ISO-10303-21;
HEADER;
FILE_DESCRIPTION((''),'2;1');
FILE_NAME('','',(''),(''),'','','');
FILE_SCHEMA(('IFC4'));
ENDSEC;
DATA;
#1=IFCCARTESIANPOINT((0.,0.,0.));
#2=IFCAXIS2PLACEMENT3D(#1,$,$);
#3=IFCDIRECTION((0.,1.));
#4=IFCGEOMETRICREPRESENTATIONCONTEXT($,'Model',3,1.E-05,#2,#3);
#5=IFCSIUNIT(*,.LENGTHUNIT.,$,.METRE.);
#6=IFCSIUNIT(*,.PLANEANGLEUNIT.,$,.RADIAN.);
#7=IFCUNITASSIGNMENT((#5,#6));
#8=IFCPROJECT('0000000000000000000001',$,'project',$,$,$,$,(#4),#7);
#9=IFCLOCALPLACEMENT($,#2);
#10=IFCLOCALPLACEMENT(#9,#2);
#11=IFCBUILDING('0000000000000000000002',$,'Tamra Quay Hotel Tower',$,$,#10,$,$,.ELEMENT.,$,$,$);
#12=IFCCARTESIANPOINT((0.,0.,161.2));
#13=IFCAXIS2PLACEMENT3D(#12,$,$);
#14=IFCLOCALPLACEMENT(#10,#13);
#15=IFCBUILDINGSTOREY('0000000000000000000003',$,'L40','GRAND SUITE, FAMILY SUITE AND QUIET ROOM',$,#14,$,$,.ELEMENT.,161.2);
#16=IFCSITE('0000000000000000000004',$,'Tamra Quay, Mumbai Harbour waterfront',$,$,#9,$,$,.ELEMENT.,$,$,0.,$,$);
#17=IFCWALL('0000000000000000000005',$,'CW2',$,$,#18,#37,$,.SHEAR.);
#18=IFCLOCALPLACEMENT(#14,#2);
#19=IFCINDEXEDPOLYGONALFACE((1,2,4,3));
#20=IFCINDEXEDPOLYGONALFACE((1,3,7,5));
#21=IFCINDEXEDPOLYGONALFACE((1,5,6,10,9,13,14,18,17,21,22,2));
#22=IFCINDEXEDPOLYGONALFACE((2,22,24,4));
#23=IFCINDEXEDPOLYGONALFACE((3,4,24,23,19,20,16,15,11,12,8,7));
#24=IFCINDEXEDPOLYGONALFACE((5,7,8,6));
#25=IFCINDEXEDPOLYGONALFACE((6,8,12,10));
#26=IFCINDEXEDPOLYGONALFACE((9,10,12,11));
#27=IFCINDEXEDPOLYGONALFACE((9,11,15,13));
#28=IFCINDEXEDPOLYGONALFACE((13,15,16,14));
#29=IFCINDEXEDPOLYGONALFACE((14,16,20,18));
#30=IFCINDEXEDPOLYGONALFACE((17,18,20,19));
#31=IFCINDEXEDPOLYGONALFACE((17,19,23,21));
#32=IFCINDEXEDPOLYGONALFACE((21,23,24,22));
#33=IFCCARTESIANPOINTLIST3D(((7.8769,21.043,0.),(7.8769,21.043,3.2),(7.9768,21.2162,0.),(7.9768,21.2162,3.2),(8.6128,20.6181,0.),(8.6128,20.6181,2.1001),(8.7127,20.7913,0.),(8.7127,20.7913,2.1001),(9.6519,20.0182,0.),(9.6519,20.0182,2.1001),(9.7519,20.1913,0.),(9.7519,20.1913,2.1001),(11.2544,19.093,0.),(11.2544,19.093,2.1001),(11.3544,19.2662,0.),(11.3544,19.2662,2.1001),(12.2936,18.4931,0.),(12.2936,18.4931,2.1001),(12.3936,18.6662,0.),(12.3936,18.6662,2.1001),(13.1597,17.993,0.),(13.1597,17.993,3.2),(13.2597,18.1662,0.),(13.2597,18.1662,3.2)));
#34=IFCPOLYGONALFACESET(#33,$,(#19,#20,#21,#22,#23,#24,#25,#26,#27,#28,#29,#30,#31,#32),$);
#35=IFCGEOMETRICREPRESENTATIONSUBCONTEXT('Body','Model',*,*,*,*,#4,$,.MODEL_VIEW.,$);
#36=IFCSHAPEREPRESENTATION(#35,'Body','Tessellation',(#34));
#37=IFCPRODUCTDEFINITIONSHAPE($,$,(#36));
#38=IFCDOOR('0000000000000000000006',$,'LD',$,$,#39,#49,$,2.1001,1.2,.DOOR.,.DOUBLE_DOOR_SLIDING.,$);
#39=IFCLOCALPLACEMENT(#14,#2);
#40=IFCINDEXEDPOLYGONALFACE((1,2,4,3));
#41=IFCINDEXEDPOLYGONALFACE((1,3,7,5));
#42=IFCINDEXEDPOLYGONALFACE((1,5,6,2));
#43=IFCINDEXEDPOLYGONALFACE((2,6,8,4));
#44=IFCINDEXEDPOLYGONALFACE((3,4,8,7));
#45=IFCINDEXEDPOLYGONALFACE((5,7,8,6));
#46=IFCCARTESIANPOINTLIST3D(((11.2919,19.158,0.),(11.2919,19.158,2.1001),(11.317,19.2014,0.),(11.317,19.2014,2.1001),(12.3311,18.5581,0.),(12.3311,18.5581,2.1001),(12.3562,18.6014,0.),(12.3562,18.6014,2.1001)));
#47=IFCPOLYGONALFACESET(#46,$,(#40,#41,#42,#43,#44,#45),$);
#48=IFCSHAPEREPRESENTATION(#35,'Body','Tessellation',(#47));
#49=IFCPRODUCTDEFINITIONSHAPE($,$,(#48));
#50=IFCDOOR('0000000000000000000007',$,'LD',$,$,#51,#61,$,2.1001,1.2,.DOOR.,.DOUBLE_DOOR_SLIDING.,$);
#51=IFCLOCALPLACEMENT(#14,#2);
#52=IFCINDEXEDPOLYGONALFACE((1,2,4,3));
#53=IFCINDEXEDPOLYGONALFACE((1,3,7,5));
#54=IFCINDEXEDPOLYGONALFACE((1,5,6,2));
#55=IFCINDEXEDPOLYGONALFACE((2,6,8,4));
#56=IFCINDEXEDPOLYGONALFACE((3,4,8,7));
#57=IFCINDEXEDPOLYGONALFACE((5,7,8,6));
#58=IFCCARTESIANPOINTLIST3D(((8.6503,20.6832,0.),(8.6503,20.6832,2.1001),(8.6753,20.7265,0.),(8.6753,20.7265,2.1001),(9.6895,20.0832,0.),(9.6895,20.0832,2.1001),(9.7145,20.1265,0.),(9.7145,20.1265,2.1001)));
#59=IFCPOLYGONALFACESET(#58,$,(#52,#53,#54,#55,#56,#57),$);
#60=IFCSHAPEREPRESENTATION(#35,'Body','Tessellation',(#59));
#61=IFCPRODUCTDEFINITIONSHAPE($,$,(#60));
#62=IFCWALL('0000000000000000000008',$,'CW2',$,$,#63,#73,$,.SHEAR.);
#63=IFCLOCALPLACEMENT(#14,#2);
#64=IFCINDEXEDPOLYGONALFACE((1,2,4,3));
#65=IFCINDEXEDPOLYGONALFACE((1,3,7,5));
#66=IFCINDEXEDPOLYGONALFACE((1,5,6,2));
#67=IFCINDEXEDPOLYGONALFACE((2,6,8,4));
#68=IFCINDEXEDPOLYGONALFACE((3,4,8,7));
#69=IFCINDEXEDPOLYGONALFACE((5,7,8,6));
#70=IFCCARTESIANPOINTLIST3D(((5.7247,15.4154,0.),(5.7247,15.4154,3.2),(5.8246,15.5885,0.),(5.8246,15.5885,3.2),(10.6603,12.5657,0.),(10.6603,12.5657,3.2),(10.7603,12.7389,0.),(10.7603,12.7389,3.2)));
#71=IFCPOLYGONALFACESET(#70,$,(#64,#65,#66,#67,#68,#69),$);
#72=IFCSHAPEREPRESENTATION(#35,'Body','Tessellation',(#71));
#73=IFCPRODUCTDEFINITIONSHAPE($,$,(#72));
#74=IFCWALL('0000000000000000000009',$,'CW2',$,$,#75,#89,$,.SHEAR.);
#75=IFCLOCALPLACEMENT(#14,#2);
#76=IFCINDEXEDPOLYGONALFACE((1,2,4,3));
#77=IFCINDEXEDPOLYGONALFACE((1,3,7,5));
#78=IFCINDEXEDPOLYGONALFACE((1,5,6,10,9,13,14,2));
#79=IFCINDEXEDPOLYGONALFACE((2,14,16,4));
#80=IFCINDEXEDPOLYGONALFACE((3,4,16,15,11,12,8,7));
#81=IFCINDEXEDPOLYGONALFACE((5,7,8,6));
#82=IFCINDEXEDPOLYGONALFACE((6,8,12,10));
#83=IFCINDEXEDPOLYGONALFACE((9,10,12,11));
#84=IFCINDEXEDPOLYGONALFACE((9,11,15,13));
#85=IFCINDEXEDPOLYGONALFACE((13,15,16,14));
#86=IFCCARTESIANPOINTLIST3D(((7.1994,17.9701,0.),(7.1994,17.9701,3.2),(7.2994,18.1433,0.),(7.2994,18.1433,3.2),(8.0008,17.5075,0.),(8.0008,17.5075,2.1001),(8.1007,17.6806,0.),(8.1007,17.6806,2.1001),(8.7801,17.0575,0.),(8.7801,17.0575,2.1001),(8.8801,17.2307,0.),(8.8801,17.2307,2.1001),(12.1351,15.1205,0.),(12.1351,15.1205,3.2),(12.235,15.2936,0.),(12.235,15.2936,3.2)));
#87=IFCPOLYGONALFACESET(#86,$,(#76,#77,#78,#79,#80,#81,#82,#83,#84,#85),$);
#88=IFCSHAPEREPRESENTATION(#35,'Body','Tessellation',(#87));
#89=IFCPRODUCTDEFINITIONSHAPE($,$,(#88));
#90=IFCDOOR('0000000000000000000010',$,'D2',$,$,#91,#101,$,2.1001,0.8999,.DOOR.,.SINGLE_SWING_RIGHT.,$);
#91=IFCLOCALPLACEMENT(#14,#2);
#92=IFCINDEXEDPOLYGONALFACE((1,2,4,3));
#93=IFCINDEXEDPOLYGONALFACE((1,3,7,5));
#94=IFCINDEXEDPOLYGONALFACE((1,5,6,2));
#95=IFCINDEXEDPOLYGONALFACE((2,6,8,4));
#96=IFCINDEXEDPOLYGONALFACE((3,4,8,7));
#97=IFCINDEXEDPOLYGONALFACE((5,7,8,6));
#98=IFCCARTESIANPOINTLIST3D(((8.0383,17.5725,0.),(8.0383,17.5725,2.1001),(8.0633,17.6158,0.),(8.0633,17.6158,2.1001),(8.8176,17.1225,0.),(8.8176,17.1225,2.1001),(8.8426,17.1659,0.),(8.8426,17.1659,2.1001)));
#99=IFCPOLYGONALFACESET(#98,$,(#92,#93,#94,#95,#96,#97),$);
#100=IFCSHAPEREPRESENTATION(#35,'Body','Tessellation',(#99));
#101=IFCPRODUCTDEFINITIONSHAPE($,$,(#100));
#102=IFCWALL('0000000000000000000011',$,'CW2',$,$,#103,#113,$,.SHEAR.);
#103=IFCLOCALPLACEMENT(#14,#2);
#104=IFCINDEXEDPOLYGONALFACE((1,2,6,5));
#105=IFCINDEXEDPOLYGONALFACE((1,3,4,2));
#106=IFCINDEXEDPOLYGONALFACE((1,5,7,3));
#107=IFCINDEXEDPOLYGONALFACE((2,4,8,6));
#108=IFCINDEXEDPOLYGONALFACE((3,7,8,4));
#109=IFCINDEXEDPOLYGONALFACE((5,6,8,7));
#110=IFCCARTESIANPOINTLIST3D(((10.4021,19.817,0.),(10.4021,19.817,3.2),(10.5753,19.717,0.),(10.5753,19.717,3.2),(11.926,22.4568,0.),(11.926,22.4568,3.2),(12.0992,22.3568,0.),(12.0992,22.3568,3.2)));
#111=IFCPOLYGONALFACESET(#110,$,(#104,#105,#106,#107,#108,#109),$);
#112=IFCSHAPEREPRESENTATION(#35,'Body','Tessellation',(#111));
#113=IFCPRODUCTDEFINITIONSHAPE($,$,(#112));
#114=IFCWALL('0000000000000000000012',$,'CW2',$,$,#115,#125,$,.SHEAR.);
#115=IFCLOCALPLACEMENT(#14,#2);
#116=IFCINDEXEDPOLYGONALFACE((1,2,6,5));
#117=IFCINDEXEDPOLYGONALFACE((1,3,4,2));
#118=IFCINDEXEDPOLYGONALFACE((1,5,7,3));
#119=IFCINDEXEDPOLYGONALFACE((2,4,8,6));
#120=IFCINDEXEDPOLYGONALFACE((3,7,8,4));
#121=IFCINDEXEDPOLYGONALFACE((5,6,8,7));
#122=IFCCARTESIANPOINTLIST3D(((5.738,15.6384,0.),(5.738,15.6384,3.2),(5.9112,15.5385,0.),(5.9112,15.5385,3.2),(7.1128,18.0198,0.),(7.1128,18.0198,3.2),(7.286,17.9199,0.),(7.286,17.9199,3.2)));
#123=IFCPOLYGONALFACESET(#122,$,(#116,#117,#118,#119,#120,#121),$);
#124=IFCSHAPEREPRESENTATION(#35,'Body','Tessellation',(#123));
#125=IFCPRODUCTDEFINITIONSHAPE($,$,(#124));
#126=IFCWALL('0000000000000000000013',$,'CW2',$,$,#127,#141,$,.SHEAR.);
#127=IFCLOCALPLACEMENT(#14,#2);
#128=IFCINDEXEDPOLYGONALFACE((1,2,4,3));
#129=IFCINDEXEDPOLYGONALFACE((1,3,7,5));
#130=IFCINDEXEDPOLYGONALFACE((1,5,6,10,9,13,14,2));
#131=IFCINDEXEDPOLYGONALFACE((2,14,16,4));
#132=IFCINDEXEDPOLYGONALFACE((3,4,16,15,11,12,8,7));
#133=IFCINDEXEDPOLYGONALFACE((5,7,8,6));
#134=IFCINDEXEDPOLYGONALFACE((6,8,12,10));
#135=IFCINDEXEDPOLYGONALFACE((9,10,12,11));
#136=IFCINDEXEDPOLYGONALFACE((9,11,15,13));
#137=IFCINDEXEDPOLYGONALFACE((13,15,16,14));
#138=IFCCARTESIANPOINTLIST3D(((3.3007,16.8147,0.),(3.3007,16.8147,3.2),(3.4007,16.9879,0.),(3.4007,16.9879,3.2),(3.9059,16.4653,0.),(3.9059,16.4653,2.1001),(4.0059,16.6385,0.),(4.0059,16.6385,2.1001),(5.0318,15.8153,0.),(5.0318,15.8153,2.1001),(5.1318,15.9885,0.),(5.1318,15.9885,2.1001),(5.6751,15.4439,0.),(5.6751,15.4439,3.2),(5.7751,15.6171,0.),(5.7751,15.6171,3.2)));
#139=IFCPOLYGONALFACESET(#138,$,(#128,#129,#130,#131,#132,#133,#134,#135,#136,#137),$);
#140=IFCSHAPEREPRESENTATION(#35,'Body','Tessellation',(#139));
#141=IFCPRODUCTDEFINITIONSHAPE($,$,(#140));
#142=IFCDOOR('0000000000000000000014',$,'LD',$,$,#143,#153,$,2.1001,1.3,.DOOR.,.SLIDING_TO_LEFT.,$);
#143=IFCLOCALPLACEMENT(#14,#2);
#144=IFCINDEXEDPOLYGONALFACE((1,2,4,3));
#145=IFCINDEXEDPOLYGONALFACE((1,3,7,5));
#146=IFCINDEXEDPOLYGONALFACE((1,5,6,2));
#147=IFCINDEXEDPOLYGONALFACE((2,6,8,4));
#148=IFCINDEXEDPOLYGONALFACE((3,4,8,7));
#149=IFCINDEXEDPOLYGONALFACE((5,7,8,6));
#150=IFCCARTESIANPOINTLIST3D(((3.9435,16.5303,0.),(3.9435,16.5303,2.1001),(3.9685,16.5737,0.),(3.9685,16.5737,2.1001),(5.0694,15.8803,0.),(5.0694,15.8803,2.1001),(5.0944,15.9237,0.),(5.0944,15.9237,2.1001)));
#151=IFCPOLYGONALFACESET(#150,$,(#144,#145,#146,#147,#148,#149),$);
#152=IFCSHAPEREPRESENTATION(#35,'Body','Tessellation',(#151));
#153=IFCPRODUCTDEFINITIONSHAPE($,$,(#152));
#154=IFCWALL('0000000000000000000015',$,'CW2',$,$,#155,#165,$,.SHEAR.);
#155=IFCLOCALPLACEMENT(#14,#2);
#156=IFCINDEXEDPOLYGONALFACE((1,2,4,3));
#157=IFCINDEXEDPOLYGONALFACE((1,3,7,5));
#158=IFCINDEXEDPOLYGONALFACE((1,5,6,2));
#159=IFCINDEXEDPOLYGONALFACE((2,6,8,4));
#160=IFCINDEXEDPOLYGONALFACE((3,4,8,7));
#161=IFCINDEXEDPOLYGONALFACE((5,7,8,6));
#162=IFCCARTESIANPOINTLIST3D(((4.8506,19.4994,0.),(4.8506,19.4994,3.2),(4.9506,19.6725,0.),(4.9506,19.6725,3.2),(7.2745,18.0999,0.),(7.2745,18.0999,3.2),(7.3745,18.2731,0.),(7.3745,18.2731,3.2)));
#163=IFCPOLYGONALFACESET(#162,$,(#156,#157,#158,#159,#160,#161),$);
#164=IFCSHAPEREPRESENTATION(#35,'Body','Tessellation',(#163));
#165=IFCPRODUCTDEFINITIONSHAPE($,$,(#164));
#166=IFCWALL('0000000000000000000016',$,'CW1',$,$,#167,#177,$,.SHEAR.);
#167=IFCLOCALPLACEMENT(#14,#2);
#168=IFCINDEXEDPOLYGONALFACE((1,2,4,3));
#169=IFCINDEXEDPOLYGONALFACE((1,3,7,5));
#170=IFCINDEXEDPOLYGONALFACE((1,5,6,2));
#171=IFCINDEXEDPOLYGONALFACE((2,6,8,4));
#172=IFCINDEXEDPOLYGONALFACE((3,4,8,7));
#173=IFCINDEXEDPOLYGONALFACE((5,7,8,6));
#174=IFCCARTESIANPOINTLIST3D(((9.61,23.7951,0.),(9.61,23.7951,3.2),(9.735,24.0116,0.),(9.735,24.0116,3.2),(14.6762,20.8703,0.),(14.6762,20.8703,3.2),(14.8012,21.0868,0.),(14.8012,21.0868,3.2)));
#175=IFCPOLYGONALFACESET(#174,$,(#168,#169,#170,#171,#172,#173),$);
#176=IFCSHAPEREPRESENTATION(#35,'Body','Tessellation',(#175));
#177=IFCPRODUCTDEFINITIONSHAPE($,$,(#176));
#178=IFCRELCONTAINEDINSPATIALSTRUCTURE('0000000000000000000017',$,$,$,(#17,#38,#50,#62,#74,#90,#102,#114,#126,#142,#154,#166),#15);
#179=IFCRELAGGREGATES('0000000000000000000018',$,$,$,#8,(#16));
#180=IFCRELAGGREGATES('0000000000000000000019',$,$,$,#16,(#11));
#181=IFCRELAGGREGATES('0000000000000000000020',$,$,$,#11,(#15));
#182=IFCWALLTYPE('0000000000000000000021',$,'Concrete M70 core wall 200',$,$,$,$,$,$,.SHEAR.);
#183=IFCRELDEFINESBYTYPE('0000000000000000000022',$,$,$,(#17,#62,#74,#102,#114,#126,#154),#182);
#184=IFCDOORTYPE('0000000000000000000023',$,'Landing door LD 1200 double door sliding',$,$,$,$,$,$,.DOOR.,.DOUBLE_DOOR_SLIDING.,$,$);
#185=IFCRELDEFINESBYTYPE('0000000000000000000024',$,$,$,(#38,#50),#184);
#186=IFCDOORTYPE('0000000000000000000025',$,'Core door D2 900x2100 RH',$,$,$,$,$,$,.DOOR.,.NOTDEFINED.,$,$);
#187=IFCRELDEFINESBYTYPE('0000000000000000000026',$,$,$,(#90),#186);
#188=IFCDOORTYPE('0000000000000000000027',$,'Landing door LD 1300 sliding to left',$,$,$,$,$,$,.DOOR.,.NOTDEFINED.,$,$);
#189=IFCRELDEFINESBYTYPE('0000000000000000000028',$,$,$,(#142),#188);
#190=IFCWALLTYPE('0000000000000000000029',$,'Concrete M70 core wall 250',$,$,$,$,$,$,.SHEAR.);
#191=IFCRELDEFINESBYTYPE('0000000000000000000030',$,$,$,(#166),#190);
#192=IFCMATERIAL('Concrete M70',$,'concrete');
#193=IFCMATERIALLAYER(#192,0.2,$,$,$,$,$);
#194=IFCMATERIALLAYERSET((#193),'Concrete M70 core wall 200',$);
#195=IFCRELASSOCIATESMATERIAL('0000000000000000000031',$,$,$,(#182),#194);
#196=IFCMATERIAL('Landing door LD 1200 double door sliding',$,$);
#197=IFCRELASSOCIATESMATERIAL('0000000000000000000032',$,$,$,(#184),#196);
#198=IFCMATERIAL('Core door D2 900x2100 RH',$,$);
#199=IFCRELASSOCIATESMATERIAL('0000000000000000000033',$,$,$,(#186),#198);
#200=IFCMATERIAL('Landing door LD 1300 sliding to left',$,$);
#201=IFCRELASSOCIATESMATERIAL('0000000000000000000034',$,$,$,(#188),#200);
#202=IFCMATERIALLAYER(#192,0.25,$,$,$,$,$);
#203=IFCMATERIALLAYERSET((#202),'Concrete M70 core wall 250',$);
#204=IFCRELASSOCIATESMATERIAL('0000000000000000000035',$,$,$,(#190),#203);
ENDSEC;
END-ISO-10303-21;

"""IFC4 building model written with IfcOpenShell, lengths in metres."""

from ifc_helpers import new_model, si_unit, direction, frame, frame_2d, origin, place, context, subcontext, project, spatial, rectangle, extrude, material, layer, layer_set, type_object, element, fill, save


model = new_model("IFC4")

# Units and contexts
model_context = context("Model", 3, precision=1e-05, world=origin(), true_north=direction((0.0, 1.0)))
body_context = subcontext(model_context, "Body", "Model", "MODEL_VIEW")
ifc_project = project(units=[si_unit("LENGTHUNIT", "METRE"), si_unit("PLANEANGLEUNIT", "RADIAN")], contexts=[model_context])

# Site, building, storey
site_placement = place(None, origin())
site = spatial("IfcSite", under=ifc_project, at=site_placement, Name="Tamra Quay, Mumbai Harbour waterfront", CompositionType="ELEMENT", RefElevation=0.0)
building_placement = place(site_placement, origin())
building = spatial("IfcBuilding", under=site, at=building_placement, Name="Tamra Quay Hotel Tower", CompositionType="ELEMENT")
storey_placement = place(building_placement, frame((0.0, 0.0, 161.2)))
storey = spatial("IfcBuildingStorey", under=building, at=storey_placement, Name="L40", Description="GRAND SUITE, FAMILY SUITE AND QUIET ROOM", CompositionType="ELEMENT", Elevation=161.2)

# Shared definitions
ifc_material_1 = material(Name="Concrete M70", Category="concrete")

# Wall, openings, doors
ifc_layer_1 = layer(ifc_material_1, 0.2)
ifc_layer_set_1 = layer_set([ifc_layer_1], Name="Concrete M70 core wall 200")
wall_type_1 = type_object("IfcWallType", Name="Concrete M70 core wall 200", PredefinedType="SHEAR", material=ifc_layer_set_1)
wall_1_placement = place(storey_placement, frame((13.2097, 18.0796, 0.0), z_axis=(0.0, 0.0, 1.0), x_axis=(-0.86603, 0.499992, 0.0)))
wall_1 = element("IfcWall", 1, at=wall_1_placement, inside=storey, type_object=wall_type_1, Name="CW2", PredefinedType="SHEAR", context=body_context, shape_type="SweptSolid", body=[
    extrude(rectangle(XDim=6.1001, YDim=0.2, at=frame_2d((3.05, 0.0))), origin(), (0.0, 0.0, 1.0), 3.2),
])
opening_1_placement = place(wall_1_placement, frame((1.0, 0.0, 0.0)))
opening_1 = element("IfcOpeningElement", 2, at=opening_1_placement, cuts=wall_1, PredefinedType="OPENING", context=body_context, shape_type="SweptSolid", body=[
    extrude(rectangle(XDim=1.2, YDim=2.1001, at=frame_2d((0.6001, 1.05))), frame((0.0, 0.1099, 0.0), z_axis=(0.0, -1.0, 0.0), x_axis=(1.0, 0.0, 0.0)), (0.0, 0.0, 1.0), 0.22),
])
opening_2_placement = place(wall_1_placement, frame((4.0503, 0.0, 0.0)))
opening_2 = element("IfcOpeningElement", 3, at=opening_2_placement, cuts=wall_1, PredefinedType="OPENING", context=body_context, shape_type="SweptSolid", body=[
    extrude(rectangle(XDim=1.2, YDim=2.1001, at=frame_2d((0.6001, 1.05))), frame((0.0, 0.1099, 0.0), z_axis=(0.0, -1.0, 0.0), x_axis=(1.0, 0.0, 0.0)), (0.0, 0.0, 1.0), 0.22),
])
ifc_material_2 = material(Name="Landing door LD 1200 double door sliding")
door_type_1 = type_object("IfcDoorType", Name="Landing door LD 1200 double door sliding", OperationType="DOUBLE_DOOR_SLIDING", PredefinedType="DOOR", material=ifc_material_2)
door_1_placement = place(opening_1_placement, origin())
door_1 = element("IfcDoor", 4, at=door_1_placement, inside=storey, type_object=door_type_1, Name="LD", OperationType="DOUBLE_DOOR_SLIDING", OverallHeight=2.1001, OverallWidth=1.2, PredefinedType="DOOR", context=body_context, shape_type="SweptSolid", body=[
    extrude(rectangle(XDim=1.2, YDim=2.1001, at=frame_2d((0.6001, 1.05))), frame((0.0, 0.0249, 0.0), z_axis=(0.0, -1.0, 0.0), x_axis=(1.0, 0.0, 0.0)), (0.0, 0.0, 1.0), 0.05),
])
fill(opening_1, door_1)
door_2_placement = place(opening_2_placement, origin())
door_2 = element("IfcDoor", 5, at=door_2_placement, inside=storey, type_object=door_type_1, Name="LD", OperationType="DOUBLE_DOOR_SLIDING", OverallHeight=2.1001, OverallWidth=1.2, PredefinedType="DOOR", context=body_context, shape_type="SweptSolid", body=[
    extrude(rectangle(XDim=1.2, YDim=2.1001, at=frame_2d((0.6001, 1.05))), frame((0.0, 0.0249, 0.0), z_axis=(0.0, -1.0, 0.0), x_axis=(1.0, 0.0, 0.0)), (0.0, 0.0, 1.0), 0.05),
])
fill(opening_2, door_2)

# Wall
wall_2_placement = place(storey_placement, frame((5.7747, 15.502, 0.0), z_axis=(0.0, 0.0, 1.0), x_axis=(0.86602, -0.500009, 0.0)))
element("IfcWall", 6, at=wall_2_placement, inside=storey, type_object=wall_type_1, Name="CW2", PredefinedType="SHEAR", context=body_context, shape_type="SweptSolid", body=[
    extrude(rectangle(XDim=5.6992, YDim=0.2, at=frame_2d((2.8496, 0.0))), origin(), (0.0, 0.0, 1.0), 3.2),
])

# Wall, opening, door
wall_3_placement = place(storey_placement, frame((12.1851, 15.207, 0.0), z_axis=(0.0, 0.0, 1.0), x_axis=(-0.86602, 0.500009, 0.0)))
wall_3 = element("IfcWall", 7, at=wall_3_placement, inside=storey, type_object=wall_type_1, Name="CW2", PredefinedType="SHEAR", context=body_context, shape_type="SweptSolid", body=[
    extrude(rectangle(XDim=5.6992, YDim=0.2, at=frame_2d((2.8496, 0.0))), origin(), (0.0, 0.0, 1.0), 3.2),
])
opening_3_placement = place(wall_3_placement, frame((3.874, 0.0, 0.0)))
opening_3 = element("IfcOpeningElement", 8, at=opening_3_placement, cuts=wall_3, PredefinedType="OPENING", context=body_context, shape_type="SweptSolid", body=[
    extrude(rectangle(XDim=0.8999, YDim=2.1001, at=frame_2d((0.45, 1.05))), frame((0.0, 0.1099, 0.0), z_axis=(0.0, -1.0, 0.0), x_axis=(1.0, 0.0, 0.0)), (0.0, 0.0, 1.0), 0.22),
])
ifc_material_3 = material(Name="Core door D2 900x2100 RH")
door_type_2 = type_object("IfcDoorType", Name="Core door D2 900x2100 RH", OperationType="NOTDEFINED", PredefinedType="DOOR", material=ifc_material_3)
door_3_placement = place(opening_3_placement, origin())
door_3 = element("IfcDoor", 9, at=door_3_placement, inside=storey, type_object=door_type_2, Name="D2", OperationType="SINGLE_SWING_RIGHT", OverallHeight=2.1001, OverallWidth=0.8999, PredefinedType="DOOR", context=body_context, shape_type="SweptSolid", body=[
    extrude(rectangle(XDim=0.8999, YDim=2.1001, at=frame_2d((0.45, 1.05))), frame((0.0, 0.0249, 0.0), z_axis=(0.0, -1.0, 0.0), x_axis=(1.0, 0.0, 0.0)), (0.0, 0.0, 1.0), 0.05),
])
fill(opening_3, door_3)

# Walls
wall_4_placement = place(storey_placement, frame((10.4888, 19.7671, 0.0), z_axis=(0.0, 0.0, 1.0), x_axis=(0.499947, 0.866056, 0.0)))
element("IfcWall", 10, at=wall_4_placement, inside=storey, type_object=wall_type_1, Name="CW2", PredefinedType="SHEAR", context=body_context, shape_type="SweptSolid", body=[
    extrude(rectangle(XDim=3.0481, YDim=0.2, at=frame_2d((1.5239, 0.0))), origin(), (0.0, 0.0, 1.0), 3.2),
])
wall_5_placement = place(storey_placement, frame((7.1995, 17.97, 0.0), z_axis=(0.0, 0.0, 1.0), x_axis=(-0.499968, -0.866044, 0.0)))
element("IfcWall", 11, at=wall_5_placement, inside=storey, type_object=wall_type_1, Name="CW2", PredefinedType="SHEAR", context=body_context, shape_type="SweptSolid", body=[
    extrude(rectangle(XDim=2.7498, YDim=0.2, at=frame_2d((1.375, 0.0))), origin(), (0.0, 0.0, 1.0), 3.2),
])

# Wall, opening, door
wall_6_placement = place(storey_placement, frame((5.7251, 15.5305, 0.0), z_axis=(0.0, 0.0, 1.0), x_axis=(-0.866037, 0.499979, 0.0)))
wall_6 = element("IfcWall", 12, at=wall_6_placement, inside=storey, type_object=wall_type_1, Name="CW2", PredefinedType="SHEAR", context=body_context, shape_type="SweptSolid", body=[
    extrude(rectangle(XDim=2.7417, YDim=0.2, at=frame_2d((1.3708, 0.0))), origin(), (0.0, 0.0, 1.0), 3.2),
])
opening_4_placement = place(wall_6_placement, frame((0.7429, 0.0, 0.0)))
opening_4 = element("IfcOpeningElement", 13, at=opening_4_placement, cuts=wall_6, PredefinedType="OPENING", context=body_context, shape_type="SweptSolid", body=[
    extrude(rectangle(XDim=1.3, YDim=2.1001, at=frame_2d((0.6499, 1.05))), frame((0.0, 0.1099, 0.0), z_axis=(0.0, -1.0, 0.0), x_axis=(1.0, 0.0, 0.0)), (0.0, 0.0, 1.0), 0.22),
])
ifc_material_4 = material(Name="Landing door LD 1300 sliding to left")
door_type_3 = type_object("IfcDoorType", Name="Landing door LD 1300 sliding to left", OperationType="NOTDEFINED", PredefinedType="DOOR", material=ifc_material_4)
door_4_placement = place(opening_4_placement, origin())
door_4 = element("IfcDoor", 14, at=door_4_placement, inside=storey, type_object=door_type_3, Name="LD", OperationType="SLIDING_TO_LEFT", OverallHeight=2.1001, OverallWidth=1.3, PredefinedType="DOOR", context=body_context, shape_type="SweptSolid", body=[
    extrude(rectangle(XDim=1.3, YDim=2.1001, at=frame_2d((0.6499, 1.05))), frame((0.0, 0.0249, 0.0), z_axis=(0.0, -1.0, 0.0), x_axis=(1.0, 0.0, 0.0)), (0.0, 0.0, 1.0), 0.05),
])
fill(opening_4, door_4)

# Walls
wall_7_placement = place(storey_placement, frame((4.9006, 19.5859, 0.0), z_axis=(0.0, 0.0, 1.0), x_axis=(0.866023, -0.500004, 0.0)))
element("IfcWall", 15, at=wall_7_placement, inside=storey, type_object=wall_type_1, Name="CW2", PredefinedType="SHEAR", context=body_context, shape_type="SweptSolid", body=[
    extrude(rectangle(XDim=2.7988, YDim=0.2, at=frame_2d((1.3994, 0.0))), origin(), (0.0, 0.0, 1.0), 3.2),
])
ifc_layer_2 = layer(ifc_material_1, 0.25)
ifc_layer_set_2 = layer_set([ifc_layer_2], Name="Concrete M70 core wall 250")
wall_type_2 = type_object("IfcWallType", Name="Concrete M70 core wall 250", PredefinedType="SHEAR", material=ifc_layer_set_2)
wall_8_placement = place(storey_placement, frame((9.6726, 23.9033, 0.0), z_axis=(0.0, 0.0, 1.0), x_axis=(0.866036, -0.499981, 0.0)))
element("IfcWall", 16, at=wall_8_placement, inside=storey, type_object=wall_type_2, Name="CW1", PredefinedType="SHEAR", context=body_context, shape_type="SweptSolid", body=[
    extrude(rectangle(XDim=5.8499, YDim=0.25, at=frame_2d((2.9248, 0.0))), origin(), (0.0, 0.0, 1.0), 3.2),
])

save(model, "model.ifc")
